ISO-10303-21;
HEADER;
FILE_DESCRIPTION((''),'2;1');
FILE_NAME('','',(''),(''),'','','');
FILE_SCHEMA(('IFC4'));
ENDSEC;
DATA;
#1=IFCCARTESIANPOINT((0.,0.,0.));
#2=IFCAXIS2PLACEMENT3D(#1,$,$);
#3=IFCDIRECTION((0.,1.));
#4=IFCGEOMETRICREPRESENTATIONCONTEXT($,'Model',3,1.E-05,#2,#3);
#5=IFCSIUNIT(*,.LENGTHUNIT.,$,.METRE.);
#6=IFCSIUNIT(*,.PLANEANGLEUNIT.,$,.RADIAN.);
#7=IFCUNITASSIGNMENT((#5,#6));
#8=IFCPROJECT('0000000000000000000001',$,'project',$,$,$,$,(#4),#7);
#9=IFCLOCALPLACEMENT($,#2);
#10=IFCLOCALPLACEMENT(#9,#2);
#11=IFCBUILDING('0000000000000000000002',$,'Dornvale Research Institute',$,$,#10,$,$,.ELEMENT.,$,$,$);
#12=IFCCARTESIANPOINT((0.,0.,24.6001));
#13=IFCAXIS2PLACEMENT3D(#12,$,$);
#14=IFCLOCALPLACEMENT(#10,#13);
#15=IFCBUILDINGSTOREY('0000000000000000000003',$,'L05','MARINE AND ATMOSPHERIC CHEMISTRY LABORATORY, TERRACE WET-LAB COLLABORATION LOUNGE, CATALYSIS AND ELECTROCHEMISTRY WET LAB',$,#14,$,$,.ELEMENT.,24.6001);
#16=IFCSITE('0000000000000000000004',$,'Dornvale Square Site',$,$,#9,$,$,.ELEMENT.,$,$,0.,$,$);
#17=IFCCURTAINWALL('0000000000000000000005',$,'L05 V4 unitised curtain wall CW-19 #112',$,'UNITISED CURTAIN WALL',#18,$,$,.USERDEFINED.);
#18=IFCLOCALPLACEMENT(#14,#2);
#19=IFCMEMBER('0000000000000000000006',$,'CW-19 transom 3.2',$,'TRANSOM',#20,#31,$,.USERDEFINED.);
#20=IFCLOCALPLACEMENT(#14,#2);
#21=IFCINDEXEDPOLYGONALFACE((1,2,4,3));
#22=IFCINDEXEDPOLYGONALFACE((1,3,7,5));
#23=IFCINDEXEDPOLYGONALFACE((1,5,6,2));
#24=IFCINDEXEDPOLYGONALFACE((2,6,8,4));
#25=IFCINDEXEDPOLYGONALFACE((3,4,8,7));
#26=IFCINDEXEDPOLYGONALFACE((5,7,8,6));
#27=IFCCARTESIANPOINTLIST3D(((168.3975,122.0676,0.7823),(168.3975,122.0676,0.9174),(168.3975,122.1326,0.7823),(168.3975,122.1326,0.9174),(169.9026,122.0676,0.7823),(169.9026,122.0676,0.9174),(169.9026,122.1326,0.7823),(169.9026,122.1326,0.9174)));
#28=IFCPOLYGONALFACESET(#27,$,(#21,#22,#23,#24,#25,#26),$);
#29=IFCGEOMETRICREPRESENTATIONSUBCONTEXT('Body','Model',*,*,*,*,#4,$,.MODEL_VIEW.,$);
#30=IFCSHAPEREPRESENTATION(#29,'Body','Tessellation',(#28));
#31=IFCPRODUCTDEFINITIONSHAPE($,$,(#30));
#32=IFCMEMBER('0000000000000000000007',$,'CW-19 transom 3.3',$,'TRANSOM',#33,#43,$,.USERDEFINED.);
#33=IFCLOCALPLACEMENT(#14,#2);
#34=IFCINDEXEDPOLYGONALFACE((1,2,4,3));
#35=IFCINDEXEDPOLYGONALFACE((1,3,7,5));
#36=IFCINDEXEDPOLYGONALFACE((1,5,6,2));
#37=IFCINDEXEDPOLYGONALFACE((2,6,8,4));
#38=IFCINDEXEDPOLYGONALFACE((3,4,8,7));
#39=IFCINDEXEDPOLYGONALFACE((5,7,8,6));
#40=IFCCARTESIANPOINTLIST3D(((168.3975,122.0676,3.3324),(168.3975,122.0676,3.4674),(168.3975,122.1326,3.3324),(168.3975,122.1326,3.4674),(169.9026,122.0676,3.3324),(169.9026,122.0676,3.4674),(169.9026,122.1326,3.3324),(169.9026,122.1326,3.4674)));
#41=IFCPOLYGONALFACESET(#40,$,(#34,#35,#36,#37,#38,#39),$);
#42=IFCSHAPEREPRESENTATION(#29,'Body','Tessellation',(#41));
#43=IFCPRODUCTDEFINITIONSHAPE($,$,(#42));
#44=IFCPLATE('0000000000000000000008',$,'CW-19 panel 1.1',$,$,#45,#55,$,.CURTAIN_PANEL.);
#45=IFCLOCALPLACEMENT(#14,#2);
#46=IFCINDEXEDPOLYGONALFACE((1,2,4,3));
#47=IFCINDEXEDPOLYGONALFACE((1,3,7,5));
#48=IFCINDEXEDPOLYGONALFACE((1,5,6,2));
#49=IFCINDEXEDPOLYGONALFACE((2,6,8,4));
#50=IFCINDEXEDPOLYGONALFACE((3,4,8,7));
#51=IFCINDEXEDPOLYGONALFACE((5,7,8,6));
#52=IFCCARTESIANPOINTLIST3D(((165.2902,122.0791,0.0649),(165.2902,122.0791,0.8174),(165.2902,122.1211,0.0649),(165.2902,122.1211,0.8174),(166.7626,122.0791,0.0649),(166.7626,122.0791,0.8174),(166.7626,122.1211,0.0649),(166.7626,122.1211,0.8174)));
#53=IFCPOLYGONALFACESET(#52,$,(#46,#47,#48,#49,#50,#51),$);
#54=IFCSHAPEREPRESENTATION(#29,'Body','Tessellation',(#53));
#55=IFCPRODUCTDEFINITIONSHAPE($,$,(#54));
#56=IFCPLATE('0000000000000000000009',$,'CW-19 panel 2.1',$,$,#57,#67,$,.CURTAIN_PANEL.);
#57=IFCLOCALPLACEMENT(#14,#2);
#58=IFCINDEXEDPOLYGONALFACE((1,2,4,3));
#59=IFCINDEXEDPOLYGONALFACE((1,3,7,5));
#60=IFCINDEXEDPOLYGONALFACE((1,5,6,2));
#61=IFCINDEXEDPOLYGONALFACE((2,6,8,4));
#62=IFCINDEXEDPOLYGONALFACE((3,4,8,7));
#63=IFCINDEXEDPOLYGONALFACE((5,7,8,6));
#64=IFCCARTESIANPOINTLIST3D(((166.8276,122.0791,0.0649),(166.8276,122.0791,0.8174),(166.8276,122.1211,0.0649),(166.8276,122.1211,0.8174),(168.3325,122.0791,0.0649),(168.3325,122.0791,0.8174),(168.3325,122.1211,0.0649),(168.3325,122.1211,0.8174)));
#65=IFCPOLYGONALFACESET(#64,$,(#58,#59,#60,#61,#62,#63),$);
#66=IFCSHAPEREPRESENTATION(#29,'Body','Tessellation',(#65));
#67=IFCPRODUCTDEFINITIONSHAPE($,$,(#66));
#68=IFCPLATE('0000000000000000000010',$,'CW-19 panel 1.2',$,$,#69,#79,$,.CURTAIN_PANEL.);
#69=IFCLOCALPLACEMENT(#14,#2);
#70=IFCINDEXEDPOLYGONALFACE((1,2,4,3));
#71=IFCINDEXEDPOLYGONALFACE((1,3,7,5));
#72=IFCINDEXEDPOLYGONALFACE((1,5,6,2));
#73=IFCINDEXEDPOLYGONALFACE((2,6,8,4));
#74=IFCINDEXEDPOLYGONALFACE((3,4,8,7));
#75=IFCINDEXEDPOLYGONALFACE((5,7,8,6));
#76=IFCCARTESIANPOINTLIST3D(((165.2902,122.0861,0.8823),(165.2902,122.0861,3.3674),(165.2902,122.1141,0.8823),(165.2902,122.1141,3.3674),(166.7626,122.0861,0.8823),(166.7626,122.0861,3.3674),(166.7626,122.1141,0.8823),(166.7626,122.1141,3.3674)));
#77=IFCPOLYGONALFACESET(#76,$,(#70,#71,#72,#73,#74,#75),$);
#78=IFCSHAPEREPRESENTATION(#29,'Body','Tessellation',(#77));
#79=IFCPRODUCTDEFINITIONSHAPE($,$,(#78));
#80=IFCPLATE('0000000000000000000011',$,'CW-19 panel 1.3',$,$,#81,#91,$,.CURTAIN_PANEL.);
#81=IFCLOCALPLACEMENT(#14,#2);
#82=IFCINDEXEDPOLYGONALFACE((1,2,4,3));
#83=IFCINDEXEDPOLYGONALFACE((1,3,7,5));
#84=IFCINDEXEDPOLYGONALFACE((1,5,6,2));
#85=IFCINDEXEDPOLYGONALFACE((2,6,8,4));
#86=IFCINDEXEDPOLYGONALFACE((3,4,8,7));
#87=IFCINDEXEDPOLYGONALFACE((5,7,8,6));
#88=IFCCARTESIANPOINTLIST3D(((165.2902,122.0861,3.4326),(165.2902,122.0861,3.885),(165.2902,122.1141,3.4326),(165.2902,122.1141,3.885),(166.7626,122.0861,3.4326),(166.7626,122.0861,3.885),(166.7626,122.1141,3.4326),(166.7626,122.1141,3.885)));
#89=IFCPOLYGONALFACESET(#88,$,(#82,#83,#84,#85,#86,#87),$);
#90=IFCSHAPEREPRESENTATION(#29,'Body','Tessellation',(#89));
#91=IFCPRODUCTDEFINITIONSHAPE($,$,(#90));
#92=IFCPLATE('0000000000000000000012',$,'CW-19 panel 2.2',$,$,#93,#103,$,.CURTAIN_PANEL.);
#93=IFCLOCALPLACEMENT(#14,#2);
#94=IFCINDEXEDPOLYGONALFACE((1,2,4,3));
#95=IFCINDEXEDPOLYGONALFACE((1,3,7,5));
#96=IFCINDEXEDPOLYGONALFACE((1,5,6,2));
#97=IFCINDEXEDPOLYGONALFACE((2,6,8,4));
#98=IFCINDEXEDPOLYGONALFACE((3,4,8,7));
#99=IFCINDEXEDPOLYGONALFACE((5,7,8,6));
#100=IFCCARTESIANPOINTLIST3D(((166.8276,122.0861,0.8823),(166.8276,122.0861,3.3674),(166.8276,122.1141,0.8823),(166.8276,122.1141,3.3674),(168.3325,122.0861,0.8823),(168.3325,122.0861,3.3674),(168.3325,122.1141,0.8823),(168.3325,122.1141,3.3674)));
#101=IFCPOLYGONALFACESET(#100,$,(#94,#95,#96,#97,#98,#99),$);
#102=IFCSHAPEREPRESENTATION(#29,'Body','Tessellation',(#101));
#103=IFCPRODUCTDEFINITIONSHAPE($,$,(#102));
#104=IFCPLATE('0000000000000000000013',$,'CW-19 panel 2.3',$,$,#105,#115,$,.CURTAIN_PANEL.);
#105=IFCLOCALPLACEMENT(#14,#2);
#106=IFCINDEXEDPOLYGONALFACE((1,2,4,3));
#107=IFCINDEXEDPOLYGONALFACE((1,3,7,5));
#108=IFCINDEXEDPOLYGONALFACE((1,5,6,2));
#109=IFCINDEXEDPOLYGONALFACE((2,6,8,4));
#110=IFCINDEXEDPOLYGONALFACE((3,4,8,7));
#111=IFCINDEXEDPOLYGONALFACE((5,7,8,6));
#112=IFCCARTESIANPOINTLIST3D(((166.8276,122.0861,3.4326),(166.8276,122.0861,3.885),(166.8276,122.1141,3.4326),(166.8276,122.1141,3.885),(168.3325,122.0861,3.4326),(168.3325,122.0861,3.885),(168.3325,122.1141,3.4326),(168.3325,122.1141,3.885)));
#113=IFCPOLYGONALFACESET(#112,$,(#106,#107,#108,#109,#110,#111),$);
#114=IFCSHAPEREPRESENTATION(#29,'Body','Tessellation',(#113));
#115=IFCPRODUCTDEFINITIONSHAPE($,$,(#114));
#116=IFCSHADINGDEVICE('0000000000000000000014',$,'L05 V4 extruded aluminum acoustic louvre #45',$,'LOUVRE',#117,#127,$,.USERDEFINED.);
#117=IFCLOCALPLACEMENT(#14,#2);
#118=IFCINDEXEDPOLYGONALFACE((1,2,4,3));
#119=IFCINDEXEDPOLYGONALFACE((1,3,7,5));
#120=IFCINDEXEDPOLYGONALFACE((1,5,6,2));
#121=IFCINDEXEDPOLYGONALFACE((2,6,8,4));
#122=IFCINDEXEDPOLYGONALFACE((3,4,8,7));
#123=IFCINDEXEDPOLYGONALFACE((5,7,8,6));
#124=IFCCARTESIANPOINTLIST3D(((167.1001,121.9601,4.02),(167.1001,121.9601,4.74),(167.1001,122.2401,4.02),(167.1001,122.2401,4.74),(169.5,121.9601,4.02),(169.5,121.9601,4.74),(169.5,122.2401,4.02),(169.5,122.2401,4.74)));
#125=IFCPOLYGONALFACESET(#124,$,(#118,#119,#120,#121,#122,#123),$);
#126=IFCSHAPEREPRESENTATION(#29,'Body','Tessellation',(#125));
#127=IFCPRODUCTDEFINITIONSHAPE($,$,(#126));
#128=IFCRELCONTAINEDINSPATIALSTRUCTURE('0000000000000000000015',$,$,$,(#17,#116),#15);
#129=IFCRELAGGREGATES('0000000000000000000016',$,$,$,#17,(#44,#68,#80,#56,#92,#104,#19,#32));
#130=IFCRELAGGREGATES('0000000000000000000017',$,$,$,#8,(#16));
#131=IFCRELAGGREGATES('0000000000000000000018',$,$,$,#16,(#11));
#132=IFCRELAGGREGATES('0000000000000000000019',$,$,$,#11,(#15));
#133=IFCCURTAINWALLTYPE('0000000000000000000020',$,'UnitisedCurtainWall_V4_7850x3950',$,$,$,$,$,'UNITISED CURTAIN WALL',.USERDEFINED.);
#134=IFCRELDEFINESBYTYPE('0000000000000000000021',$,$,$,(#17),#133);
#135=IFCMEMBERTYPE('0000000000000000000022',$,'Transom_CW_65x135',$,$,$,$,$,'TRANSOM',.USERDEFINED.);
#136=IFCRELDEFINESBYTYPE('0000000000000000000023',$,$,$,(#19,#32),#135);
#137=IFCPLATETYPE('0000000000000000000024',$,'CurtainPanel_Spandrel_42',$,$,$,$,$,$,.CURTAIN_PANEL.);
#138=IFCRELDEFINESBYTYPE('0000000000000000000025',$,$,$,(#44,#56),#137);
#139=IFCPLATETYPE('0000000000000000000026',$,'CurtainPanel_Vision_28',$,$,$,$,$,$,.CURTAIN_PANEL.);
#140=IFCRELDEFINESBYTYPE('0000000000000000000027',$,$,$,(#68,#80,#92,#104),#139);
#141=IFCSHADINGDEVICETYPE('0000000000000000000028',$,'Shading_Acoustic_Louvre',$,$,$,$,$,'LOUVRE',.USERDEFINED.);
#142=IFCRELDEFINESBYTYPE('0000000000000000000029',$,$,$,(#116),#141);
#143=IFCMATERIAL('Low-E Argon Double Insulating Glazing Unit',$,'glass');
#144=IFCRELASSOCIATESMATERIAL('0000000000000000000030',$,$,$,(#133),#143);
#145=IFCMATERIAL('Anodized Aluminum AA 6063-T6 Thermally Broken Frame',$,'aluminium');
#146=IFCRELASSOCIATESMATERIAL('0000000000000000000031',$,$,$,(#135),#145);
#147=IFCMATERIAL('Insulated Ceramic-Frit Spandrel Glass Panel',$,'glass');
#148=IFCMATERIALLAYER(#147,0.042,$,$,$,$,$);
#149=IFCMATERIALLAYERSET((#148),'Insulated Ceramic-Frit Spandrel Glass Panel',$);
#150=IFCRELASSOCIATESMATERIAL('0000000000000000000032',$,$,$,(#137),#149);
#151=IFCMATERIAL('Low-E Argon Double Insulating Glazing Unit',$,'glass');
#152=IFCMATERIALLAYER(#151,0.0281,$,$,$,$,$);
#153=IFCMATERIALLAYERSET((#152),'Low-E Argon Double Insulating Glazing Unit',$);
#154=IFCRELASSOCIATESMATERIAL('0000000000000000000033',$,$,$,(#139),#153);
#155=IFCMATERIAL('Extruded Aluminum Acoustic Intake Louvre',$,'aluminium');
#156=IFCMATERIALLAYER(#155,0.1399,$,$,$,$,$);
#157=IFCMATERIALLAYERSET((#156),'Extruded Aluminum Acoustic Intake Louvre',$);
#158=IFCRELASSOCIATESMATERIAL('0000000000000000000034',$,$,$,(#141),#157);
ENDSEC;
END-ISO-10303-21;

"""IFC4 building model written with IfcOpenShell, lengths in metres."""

from ifc_helpers import new_model, si_unit, direction, frame, origin, origin_2d, place, context, subcontext, project, spatial, rectangle, extrude, material, layer, layer_set, material_profile, profile_set, type_object, element, aggregate, save


model = new_model("IFC4")

# Units and contexts
model_context = context("Model", 3, precision=1e-05, world=origin(), true_north=direction((0.0, 1.0)))
body_context = subcontext(model_context, "Body", "Model", "MODEL_VIEW")
ifc_project = project(units=[si_unit("LENGTHUNIT", "METRE"), si_unit("PLANEANGLEUNIT", "RADIAN")], contexts=[model_context])

# Site, building, storey
site_placement = place(None, origin())
site = spatial("IfcSite", under=ifc_project, at=site_placement, Name="Dornvale Square Site", CompositionType="ELEMENT", RefElevation=0.0)
building_placement = place(site_placement, origin())
building = spatial("IfcBuilding", under=site, at=building_placement, Name="Dornvale Research Institute", CompositionType="ELEMENT")
storey_placement = place(building_placement, frame((0.0, 0.0, 24.6001)))
storey = spatial("IfcBuildingStorey", under=building, at=storey_placement, Name="L05", Description="MARINE AND ATMOSPHERIC CHEMISTRY LABORATORY, TERRACE WET-LAB COLLABORATION LOUNGE, CATALYSIS AND ELECTROCHEMISTRY WET LAB", CompositionType="ELEMENT", Elevation=24.6001)

# Curtain wall
ifc_material_1 = material(Name="Low-E Argon Double Insulating Glazing Unit", Category="glass")
curtain_wall_type = type_object("IfcCurtainWallType", Name="UnitisedCurtainWall_V4_7850x3950", ElementType="UNITISED CURTAIN WALL", PredefinedType="USERDEFINED", material=ifc_material_1)
curtain_wall_placement = place(storey_placement, origin())
curtain_wall = element("IfcCurtainWall", 1, at=curtain_wall_placement, inside=storey, type_object=curtain_wall_type, Name="L05 V4 unitised curtain wall CW-19 #112", ObjectType="UNITISED CURTAIN WALL", PredefinedType="USERDEFINED")

# Members
ifc_material_2 = material(Name="Anodized Aluminum AA 6063-T6 Thermally Broken Frame", Category="aluminium")
ifc_material_profile_1 = material_profile(ifc_material_2, rectangle(XDim=0.0649, YDim=0.135, at=origin_2d()), Name="ALU TRANSOM 65x135")
ifc_profile_set_1 = profile_set([ifc_material_profile_1], Name="Anodized Aluminum AA 6063-T6 Thermally Broken Frame")
member_type_1 = type_object("IfcMemberType", Name="Transom_CW_65x135", ElementType="TRANSOM", PredefinedType="USERDEFINED", material=ifc_profile_set_1)
member_1_placement = place(storey_placement, frame((168.3975, 122.1001, 0.8499), z_axis=(1.0, 0.0, 0.0), x_axis=(0.0, 1.0, 0.0)))
member_1 = element("IfcMember", 2, at=member_1_placement, type_object=member_type_1, Name="CW-19 transom 3.2", ObjectType="TRANSOM", PredefinedType="USERDEFINED", context=body_context, shape_type="SweptSolid", body=[
    extrude(rectangle(XDim=0.0649, YDim=0.135, at=origin_2d()), origin(), (0.0, 0.0, 1.0), 1.5051),
])
member_2_placement = place(storey_placement, frame((168.3975, 122.1001, 3.3999), z_axis=(1.0, 0.0, 0.0), x_axis=(0.0, 1.0, 0.0)))
member_2 = element("IfcMember", 3, at=member_2_placement, type_object=member_type_1, Name="CW-19 transom 3.3", ObjectType="TRANSOM", PredefinedType="USERDEFINED", context=body_context, shape_type="SweptSolid", body=[
    extrude(rectangle(XDim=0.0649, YDim=0.135, at=origin_2d()), origin(), (0.0, 0.0, 1.0), 1.5051),
])

# Plates
ifc_material_3 = material(Name="Insulated Ceramic-Frit Spandrel Glass Panel", Category="glass")
ifc_layer_1 = layer(ifc_material_3, 0.042)
ifc_layer_set_1 = layer_set([ifc_layer_1], Name="Insulated Ceramic-Frit Spandrel Glass Panel")
plate_type_1 = type_object("IfcPlateType", Name="CurtainPanel_Spandrel_42", PredefinedType="CURTAIN_PANEL", material=ifc_layer_set_1)
plate_1_placement = place(storey_placement, frame((166.0264, 122.1001, 0.0649), z_axis=(0.0, 0.0, 1.0), x_axis=(1.0, 0.0, 0.0)))
plate_1 = element("IfcPlate", 4, at=plate_1_placement, type_object=plate_type_1, Name="CW-19 panel 1.1", PredefinedType="CURTAIN_PANEL", context=body_context, shape_type="SweptSolid", body=[
    extrude(rectangle(XDim=1.4724, YDim=0.042, at=origin_2d()), origin(), (0.0, 0.0, 1.0), 0.7524),
])
plate_2_placement = place(storey_placement, frame((167.5801, 122.1001, 0.0649), z_axis=(0.0, 0.0, 1.0), x_axis=(1.0, 0.0, 0.0)))
plate_2 = element("IfcPlate", 5, at=plate_2_placement, type_object=plate_type_1, Name="CW-19 panel 2.1", PredefinedType="CURTAIN_PANEL", context=body_context, shape_type="SweptSolid", body=[
    extrude(rectangle(XDim=1.5049, YDim=0.042, at=origin_2d()), origin(), (0.0, 0.0, 1.0), 0.7524),
])
ifc_material_4 = material(Name="Low-E Argon Double Insulating Glazing Unit", Category="glass")
ifc_layer_2 = layer(ifc_material_4, 0.0281)
ifc_layer_set_2 = layer_set([ifc_layer_2], Name="Low-E Argon Double Insulating Glazing Unit")
plate_type_2 = type_object("IfcPlateType", Name="CurtainPanel_Vision_28", PredefinedType="CURTAIN_PANEL", material=ifc_layer_set_2)
plate_3_placement = place(storey_placement, frame((166.0264, 122.1001, 0.8823), z_axis=(0.0, 0.0, 1.0), x_axis=(1.0, 0.0, 0.0)))
plate_3 = element("IfcPlate", 6, at=plate_3_placement, type_object=plate_type_2, Name="CW-19 panel 1.2", PredefinedType="CURTAIN_PANEL", context=body_context, shape_type="SweptSolid", body=[
    extrude(rectangle(XDim=1.4724, YDim=0.0281, at=origin_2d()), origin(), (0.0, 0.0, 1.0), 2.4851),
])
plate_4_placement = place(storey_placement, frame((166.0264, 122.1001, 3.4326), z_axis=(0.0, 0.0, 1.0), x_axis=(1.0, 0.0, 0.0)))
plate_4 = element("IfcPlate", 7, at=plate_4_placement, type_object=plate_type_2, Name="CW-19 panel 1.3", PredefinedType="CURTAIN_PANEL", context=body_context, shape_type="SweptSolid", body=[
    extrude(rectangle(XDim=1.4724, YDim=0.0281, at=origin_2d()), origin(), (0.0, 0.0, 1.0), 0.4524),
])
plate_5_placement = place(storey_placement, frame((167.5801, 122.1001, 0.8823), z_axis=(0.0, 0.0, 1.0), x_axis=(1.0, 0.0, 0.0)))
plate_5 = element("IfcPlate", 8, at=plate_5_placement, type_object=plate_type_2, Name="CW-19 panel 2.2", PredefinedType="CURTAIN_PANEL", context=body_context, shape_type="SweptSolid", body=[
    extrude(rectangle(XDim=1.5049, YDim=0.0281, at=origin_2d()), origin(), (0.0, 0.0, 1.0), 2.4851),
])
plate_6_placement = place(storey_placement, frame((167.5801, 122.1001, 3.4326), z_axis=(0.0, 0.0, 1.0), x_axis=(1.0, 0.0, 0.0)))
plate_6 = element("IfcPlate", 9, at=plate_6_placement, type_object=plate_type_2, Name="CW-19 panel 2.3", PredefinedType="CURTAIN_PANEL", context=body_context, shape_type="SweptSolid", body=[
    extrude(rectangle(XDim=1.5049, YDim=0.0281, at=origin_2d()), origin(), (0.0, 0.0, 1.0), 0.4524),
])
aggregate(curtain_wall, [plate_1, plate_3, plate_4, plate_2, plate_5, plate_6, member_1, member_2])

# Shading device
ifc_material_5 = material(Name="Extruded Aluminum Acoustic Intake Louvre", Category="aluminium")
ifc_layer_3 = layer(ifc_material_5, 0.1399)
ifc_layer_set_3 = layer_set([ifc_layer_3], Name="Extruded Aluminum Acoustic Intake Louvre")
shading_device_type = type_object("IfcShadingDeviceType", Name="Shading_Acoustic_Louvre", ElementType="LOUVRE", PredefinedType="USERDEFINED", material=ifc_layer_set_3)
shading_device_placement = place(storey_placement, frame((168.3, 122.1001, 4.02), z_axis=(0.0, 0.0, 1.0), x_axis=(1.0, 0.0, 0.0)))
element("IfcShadingDevice", 10, at=shading_device_placement, inside=storey, type_object=shading_device_type, Name="L05 V4 extruded aluminum acoustic louvre #45", ObjectType="LOUVRE", PredefinedType="USERDEFINED", context=body_context, shape_type="SweptSolid", body=[
    extrude(rectangle(XDim=2.3999, YDim=0.28, at=origin_2d()), origin(), (0.0, 0.0, 1.0), 0.72),
])

save(model, "model.ifc")
